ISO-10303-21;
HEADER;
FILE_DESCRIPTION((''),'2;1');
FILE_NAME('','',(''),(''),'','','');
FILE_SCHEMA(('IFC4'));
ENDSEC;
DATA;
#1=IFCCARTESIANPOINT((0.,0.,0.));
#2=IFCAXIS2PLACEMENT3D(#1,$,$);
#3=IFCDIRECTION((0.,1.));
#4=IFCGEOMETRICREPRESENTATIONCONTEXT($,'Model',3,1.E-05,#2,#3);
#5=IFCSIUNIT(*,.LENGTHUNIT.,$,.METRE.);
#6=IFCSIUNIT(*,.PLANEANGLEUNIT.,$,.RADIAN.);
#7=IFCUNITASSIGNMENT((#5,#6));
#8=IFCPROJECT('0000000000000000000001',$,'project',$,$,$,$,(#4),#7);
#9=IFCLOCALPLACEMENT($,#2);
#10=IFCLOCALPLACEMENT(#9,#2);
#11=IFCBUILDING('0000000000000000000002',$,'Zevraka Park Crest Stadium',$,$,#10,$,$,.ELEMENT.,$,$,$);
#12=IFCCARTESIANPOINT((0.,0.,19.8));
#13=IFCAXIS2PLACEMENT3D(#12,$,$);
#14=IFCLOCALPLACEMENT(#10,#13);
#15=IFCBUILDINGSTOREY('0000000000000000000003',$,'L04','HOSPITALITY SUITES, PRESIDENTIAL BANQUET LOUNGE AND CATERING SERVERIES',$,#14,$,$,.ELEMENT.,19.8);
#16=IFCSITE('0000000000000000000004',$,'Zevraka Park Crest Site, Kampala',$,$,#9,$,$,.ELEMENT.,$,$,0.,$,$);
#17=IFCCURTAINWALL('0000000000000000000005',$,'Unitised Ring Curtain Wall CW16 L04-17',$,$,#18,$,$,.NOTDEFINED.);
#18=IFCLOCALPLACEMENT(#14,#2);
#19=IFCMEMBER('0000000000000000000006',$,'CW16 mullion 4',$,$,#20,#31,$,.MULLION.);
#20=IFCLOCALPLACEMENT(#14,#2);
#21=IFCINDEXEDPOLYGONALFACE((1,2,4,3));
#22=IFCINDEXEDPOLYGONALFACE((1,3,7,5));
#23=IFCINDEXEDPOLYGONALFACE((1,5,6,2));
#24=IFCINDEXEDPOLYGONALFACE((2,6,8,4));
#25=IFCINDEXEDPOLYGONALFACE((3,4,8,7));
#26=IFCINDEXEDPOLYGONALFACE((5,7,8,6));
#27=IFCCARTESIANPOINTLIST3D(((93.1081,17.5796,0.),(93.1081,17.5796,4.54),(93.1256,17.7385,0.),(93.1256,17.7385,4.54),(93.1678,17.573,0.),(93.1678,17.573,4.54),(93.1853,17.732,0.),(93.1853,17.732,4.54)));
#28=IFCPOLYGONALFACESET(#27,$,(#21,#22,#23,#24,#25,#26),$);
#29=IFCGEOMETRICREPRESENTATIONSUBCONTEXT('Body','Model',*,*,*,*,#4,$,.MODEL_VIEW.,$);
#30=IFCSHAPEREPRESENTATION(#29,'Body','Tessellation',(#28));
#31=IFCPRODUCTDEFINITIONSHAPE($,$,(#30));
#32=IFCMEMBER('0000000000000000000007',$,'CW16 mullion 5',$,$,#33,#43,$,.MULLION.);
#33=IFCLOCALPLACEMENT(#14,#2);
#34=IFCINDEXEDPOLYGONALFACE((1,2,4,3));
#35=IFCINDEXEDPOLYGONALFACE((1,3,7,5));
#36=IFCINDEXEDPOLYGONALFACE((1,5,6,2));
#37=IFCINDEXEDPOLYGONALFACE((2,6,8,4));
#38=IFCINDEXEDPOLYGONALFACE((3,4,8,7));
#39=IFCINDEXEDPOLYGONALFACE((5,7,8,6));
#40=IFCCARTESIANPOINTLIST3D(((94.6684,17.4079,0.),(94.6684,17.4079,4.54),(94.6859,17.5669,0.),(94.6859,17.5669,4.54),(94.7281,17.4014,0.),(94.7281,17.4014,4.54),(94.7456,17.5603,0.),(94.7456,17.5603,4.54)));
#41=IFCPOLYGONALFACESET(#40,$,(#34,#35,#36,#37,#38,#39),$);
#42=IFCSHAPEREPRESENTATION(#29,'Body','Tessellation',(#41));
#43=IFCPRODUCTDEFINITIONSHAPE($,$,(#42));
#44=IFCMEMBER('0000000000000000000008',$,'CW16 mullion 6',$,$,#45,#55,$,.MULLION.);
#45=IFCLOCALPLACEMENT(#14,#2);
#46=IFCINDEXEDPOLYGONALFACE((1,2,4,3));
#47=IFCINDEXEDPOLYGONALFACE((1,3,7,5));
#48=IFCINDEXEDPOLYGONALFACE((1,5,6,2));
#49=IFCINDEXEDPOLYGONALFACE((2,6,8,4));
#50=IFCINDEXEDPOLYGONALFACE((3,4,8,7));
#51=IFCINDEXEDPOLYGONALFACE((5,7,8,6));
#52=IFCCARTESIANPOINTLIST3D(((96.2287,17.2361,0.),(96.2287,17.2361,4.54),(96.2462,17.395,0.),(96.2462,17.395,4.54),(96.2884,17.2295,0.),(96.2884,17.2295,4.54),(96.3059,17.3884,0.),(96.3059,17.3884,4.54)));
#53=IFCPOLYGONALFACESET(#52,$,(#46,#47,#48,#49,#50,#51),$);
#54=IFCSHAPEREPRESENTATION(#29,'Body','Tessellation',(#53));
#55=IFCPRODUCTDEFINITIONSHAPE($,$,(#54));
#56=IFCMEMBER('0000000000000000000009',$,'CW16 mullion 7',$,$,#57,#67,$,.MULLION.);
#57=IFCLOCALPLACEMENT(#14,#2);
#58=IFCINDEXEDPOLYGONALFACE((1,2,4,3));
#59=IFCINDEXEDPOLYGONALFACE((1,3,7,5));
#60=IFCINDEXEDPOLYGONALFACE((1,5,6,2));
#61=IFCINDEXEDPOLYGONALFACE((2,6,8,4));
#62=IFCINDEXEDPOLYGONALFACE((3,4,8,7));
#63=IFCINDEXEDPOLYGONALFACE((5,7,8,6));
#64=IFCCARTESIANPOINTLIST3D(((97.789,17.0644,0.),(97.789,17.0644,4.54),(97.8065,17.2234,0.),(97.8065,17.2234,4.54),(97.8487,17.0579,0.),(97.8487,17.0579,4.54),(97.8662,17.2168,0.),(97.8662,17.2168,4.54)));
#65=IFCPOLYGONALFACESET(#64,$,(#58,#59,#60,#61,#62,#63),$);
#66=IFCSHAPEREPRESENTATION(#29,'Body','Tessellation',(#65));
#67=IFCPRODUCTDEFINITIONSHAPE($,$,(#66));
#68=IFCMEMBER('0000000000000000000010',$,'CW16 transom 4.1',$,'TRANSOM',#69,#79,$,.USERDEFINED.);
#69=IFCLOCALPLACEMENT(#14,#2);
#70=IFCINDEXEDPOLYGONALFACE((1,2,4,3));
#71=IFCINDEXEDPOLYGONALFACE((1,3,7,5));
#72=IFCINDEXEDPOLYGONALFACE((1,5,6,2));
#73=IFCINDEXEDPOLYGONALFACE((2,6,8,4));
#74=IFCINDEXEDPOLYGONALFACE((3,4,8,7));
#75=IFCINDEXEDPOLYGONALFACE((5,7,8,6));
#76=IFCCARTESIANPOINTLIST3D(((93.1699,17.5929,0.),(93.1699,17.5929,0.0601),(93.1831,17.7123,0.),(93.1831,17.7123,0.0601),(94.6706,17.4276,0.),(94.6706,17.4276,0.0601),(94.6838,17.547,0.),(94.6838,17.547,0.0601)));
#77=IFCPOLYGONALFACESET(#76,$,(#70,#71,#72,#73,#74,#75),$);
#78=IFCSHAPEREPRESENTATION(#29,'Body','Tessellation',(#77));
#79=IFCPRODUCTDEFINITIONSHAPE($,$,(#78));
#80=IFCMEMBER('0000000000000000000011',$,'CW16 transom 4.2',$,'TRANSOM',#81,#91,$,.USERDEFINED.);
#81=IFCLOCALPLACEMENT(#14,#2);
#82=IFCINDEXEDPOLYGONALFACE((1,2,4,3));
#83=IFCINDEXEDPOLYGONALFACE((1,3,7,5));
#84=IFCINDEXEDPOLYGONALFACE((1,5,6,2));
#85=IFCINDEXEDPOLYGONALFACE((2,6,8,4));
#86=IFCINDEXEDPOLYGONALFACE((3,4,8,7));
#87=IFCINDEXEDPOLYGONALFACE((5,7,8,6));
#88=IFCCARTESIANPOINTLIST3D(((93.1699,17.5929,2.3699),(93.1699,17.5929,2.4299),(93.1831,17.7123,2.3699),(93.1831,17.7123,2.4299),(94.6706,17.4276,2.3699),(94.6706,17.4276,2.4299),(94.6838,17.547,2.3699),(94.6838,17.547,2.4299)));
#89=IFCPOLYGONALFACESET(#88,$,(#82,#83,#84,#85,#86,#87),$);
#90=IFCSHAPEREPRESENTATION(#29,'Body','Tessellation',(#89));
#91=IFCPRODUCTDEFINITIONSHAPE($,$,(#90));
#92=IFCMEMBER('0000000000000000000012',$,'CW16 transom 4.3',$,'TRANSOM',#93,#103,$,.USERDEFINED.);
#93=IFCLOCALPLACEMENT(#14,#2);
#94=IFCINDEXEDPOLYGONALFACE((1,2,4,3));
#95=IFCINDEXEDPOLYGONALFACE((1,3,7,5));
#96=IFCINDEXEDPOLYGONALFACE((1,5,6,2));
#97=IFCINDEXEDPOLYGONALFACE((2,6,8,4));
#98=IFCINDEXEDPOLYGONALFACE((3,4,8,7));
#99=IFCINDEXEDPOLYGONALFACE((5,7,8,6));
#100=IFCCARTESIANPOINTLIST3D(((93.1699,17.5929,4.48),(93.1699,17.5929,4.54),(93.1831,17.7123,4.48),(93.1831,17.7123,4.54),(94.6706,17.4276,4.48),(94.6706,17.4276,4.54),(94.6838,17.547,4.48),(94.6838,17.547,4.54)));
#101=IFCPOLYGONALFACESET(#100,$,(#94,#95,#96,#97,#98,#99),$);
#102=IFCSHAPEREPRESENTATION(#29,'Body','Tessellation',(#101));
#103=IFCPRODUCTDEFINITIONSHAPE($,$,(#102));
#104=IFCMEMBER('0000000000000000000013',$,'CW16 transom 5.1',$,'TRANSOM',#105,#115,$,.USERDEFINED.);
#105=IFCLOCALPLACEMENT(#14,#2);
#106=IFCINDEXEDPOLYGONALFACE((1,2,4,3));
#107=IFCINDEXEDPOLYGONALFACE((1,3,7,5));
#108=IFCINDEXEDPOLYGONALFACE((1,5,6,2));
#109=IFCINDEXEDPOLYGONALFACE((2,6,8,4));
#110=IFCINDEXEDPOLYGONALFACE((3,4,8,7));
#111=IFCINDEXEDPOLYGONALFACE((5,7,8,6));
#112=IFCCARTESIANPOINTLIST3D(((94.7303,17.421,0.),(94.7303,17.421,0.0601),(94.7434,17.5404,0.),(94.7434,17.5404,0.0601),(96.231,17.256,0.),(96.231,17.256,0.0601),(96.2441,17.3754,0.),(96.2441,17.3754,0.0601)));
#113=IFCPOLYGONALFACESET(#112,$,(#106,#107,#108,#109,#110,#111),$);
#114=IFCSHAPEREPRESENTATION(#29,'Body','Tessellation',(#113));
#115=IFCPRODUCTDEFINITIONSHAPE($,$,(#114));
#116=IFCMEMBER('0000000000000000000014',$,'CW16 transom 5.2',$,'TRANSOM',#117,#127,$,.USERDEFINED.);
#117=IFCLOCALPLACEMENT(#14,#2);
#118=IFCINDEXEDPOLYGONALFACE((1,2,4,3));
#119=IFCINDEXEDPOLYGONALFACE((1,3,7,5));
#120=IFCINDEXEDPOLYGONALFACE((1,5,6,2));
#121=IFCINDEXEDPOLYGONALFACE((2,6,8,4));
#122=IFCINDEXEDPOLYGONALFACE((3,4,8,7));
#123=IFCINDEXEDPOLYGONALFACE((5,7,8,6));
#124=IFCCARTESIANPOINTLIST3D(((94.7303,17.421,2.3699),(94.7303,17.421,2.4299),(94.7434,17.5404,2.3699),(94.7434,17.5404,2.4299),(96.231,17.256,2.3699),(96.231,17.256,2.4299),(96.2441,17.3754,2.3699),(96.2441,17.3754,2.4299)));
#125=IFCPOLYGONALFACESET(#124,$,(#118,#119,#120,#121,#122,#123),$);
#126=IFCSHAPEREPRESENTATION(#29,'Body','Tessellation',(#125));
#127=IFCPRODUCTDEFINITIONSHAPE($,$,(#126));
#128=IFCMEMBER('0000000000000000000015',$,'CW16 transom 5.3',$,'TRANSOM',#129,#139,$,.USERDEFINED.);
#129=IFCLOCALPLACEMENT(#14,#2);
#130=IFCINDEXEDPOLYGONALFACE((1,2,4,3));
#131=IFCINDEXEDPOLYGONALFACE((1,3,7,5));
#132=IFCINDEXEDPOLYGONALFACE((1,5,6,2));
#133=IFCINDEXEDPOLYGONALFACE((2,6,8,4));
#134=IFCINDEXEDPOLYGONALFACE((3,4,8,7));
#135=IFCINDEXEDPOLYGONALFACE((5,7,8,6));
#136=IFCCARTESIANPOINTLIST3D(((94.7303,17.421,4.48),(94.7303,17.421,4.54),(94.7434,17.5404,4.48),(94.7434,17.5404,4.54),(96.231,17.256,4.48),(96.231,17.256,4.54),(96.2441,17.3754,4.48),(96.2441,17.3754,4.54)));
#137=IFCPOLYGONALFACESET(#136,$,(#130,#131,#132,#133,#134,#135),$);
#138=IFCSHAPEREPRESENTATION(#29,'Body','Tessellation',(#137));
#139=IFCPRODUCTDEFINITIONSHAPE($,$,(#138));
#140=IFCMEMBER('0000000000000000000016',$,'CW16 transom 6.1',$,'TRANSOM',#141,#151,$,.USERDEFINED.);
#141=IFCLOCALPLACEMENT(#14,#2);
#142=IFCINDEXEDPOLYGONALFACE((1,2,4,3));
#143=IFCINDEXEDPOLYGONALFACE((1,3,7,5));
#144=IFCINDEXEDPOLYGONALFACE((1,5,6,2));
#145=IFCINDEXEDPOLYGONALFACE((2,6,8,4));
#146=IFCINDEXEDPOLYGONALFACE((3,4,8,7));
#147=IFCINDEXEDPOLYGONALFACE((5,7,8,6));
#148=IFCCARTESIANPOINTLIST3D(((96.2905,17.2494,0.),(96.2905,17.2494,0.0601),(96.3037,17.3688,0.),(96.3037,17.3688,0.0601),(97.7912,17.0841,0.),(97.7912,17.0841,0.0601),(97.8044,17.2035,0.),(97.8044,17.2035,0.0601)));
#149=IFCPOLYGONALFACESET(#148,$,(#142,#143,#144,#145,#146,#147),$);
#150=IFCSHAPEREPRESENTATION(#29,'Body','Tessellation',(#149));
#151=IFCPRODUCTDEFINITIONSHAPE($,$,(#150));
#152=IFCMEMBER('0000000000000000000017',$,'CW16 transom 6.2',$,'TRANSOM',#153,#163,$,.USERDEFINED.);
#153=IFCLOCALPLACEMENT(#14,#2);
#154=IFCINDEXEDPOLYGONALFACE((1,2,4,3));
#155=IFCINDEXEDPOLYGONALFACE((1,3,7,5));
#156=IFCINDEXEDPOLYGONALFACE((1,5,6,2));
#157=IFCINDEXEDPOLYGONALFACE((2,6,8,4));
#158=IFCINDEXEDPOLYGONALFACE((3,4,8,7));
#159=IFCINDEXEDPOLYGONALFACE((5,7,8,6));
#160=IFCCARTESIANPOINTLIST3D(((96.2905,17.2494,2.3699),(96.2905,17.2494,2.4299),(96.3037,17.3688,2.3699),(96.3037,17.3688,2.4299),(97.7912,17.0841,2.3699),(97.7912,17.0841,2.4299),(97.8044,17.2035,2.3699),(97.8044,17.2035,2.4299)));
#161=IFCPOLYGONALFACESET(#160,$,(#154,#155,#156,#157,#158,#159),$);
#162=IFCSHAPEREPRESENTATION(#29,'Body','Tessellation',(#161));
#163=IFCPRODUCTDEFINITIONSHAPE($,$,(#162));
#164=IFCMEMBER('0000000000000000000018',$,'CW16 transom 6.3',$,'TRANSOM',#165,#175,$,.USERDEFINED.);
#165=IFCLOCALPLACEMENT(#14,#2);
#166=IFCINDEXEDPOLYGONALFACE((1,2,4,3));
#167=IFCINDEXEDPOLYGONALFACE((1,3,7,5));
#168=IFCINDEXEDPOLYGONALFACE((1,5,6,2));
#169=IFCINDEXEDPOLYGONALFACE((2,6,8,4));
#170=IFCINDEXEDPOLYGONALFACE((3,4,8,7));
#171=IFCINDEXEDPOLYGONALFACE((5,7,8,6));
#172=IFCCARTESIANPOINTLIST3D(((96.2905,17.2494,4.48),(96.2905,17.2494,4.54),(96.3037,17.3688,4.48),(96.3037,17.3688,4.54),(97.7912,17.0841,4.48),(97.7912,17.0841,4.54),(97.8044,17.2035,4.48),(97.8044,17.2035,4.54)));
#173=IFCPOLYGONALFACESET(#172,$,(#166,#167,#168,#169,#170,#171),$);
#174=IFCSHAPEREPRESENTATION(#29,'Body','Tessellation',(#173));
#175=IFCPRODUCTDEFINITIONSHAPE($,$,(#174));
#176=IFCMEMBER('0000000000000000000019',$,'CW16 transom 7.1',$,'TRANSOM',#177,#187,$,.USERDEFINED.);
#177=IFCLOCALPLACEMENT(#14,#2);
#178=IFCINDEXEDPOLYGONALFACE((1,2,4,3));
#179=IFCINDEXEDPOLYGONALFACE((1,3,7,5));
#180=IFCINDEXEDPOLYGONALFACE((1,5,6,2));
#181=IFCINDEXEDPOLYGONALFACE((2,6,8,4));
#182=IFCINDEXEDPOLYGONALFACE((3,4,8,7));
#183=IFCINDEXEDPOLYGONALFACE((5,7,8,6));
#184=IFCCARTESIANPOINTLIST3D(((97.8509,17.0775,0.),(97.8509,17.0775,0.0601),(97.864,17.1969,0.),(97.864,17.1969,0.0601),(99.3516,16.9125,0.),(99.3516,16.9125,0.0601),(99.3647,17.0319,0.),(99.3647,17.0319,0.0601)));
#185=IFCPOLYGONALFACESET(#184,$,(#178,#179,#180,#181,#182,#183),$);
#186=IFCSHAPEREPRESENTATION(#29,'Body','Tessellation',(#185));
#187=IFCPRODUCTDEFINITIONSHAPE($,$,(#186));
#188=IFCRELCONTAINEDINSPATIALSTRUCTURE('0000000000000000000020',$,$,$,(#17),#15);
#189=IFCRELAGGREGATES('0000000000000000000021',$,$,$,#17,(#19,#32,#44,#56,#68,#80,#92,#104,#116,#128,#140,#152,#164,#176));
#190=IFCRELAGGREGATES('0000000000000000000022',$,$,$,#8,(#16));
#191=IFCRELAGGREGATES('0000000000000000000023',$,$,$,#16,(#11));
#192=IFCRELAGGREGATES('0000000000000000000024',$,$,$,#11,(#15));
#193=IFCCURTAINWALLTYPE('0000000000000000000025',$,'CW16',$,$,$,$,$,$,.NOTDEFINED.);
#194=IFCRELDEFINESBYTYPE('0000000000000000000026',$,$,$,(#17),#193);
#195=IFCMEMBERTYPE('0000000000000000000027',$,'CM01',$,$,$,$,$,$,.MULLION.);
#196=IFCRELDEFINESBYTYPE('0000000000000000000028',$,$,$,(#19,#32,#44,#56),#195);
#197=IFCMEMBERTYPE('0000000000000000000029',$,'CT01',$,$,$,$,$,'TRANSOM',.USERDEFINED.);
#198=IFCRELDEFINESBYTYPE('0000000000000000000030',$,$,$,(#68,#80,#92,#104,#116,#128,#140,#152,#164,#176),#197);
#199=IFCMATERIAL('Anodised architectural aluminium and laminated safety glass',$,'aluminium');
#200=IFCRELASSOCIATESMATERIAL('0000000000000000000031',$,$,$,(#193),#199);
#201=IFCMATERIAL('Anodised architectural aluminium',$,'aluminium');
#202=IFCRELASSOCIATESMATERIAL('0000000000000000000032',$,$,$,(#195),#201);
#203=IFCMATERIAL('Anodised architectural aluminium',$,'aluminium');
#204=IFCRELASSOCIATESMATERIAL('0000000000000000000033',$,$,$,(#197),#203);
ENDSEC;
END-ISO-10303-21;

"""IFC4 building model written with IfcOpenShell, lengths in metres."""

from ifc_helpers import new_model, si_unit, direction, frame, origin, origin_2d, place, context, subcontext, project, spatial, rectangle, extrude, material, material_profile, profile_set, type_object, element, aggregate, save


model = new_model("IFC4")

# Units and contexts
model_context = context("Model", 3, precision=1e-05, world=origin(), true_north=direction((0.0, 1.0)))
body_context = subcontext(model_context, "Body", "Model", "MODEL_VIEW")
ifc_project = project(units=[si_unit("LENGTHUNIT", "METRE"), si_unit("PLANEANGLEUNIT", "RADIAN")], contexts=[model_context])

# Site, building, storey
site_placement = place(None, origin())
site = spatial("IfcSite", under=ifc_project, at=site_placement, Name="Zevraka Park Crest Site, Kampala", CompositionType="ELEMENT", RefElevation=0.0)
building_placement = place(site_placement, origin())
building = spatial("IfcBuilding", under=site, at=building_placement, Name="Zevraka Park Crest Stadium", CompositionType="ELEMENT")
storey_placement = place(building_placement, frame((0.0, 0.0, 19.8)))
storey = spatial("IfcBuildingStorey", under=building, at=storey_placement, Name="L04", Description="HOSPITALITY SUITES, PRESIDENTIAL BANQUET LOUNGE AND CATERING SERVERIES", CompositionType="ELEMENT", Elevation=19.8)

# Curtain wall, members
ifc_material_1 = material(Name="Anodised architectural aluminium and laminated safety glass", Category="aluminium")
curtain_wall_type = type_object("IfcCurtainWallType", Name="CW16", PredefinedType="NOTDEFINED", material=ifc_material_1)
curtain_wall_placement = place(storey_placement, origin())
curtain_wall = element("IfcCurtainWall", 1, at=curtain_wall_placement, inside=storey, type_object=curtain_wall_type, Name="Unitised Ring Curtain Wall CW16 L04-17", PredefinedType="NOTDEFINED")
ifc_material_2 = material(Name="Anodised architectural aluminium", Category="aluminium")
ifc_material_profile_1 = material_profile(ifc_material_2, rectangle(XDim=0.1599, YDim=0.0601, at=origin_2d()), Name="ALU MULLION 160x60")
ifc_profile_set_1 = profile_set([ifc_material_profile_1], Name="Anodised architectural aluminium")
member_type_1 = type_object("IfcMemberType", Name="CM01", PredefinedType="MULLION", material=ifc_profile_set_1)
member_1_placement = place(storey_placement, frame((93.1467, 17.6558, 0.0), z_axis=(0.0, 0.0, 1.0), x_axis=(0.109406, 0.993997, 0.0)))
member_1 = element("IfcMember", 2, at=member_1_placement, type_object=member_type_1, Name="CW16 mullion 4", PredefinedType="MULLION", context=body_context, shape_type="SweptSolid", body=[
    extrude(rectangle(XDim=0.1599, YDim=0.0601, at=origin_2d()), origin(), (0.0, 0.0, 1.0), 4.54),
])
member_2_placement = place(storey_placement, frame((94.707, 17.4841, 0.0), z_axis=(0.0, 0.0, 1.0), x_axis=(0.109406, 0.993997, 0.0)))
member_2 = element("IfcMember", 3, at=member_2_placement, type_object=member_type_1, Name="CW16 mullion 5", PredefinedType="MULLION", context=body_context, shape_type="SweptSolid", body=[
    extrude(rectangle(XDim=0.1599, YDim=0.0601, at=origin_2d()), origin(), (0.0, 0.0, 1.0), 4.54),
])
member_3_placement = place(storey_placement, frame((96.2673, 17.3123, 0.0), z_axis=(0.0, 0.0, 1.0), x_axis=(0.109406, 0.993997, 0.0)))
member_3 = element("IfcMember", 4, at=member_3_placement, type_object=member_type_1, Name="CW16 mullion 6", PredefinedType="MULLION", context=body_context, shape_type="SweptSolid", body=[
    extrude(rectangle(XDim=0.1599, YDim=0.0601, at=origin_2d()), origin(), (0.0, 0.0, 1.0), 4.54),
])
member_4_placement = place(storey_placement, frame((97.8276, 17.1406, 0.0), z_axis=(0.0, 0.0, 1.0), x_axis=(0.109406, 0.993997, 0.0)))
member_4 = element("IfcMember", 5, at=member_4_placement, type_object=member_type_1, Name="CW16 mullion 7", PredefinedType="MULLION", context=body_context, shape_type="SweptSolid", body=[
    extrude(rectangle(XDim=0.1599, YDim=0.0601, at=origin_2d()), origin(), (0.0, 0.0, 1.0), 4.54),
])
ifc_material_3 = material(Name="Anodised architectural aluminium", Category="aluminium")
ifc_material_profile_2 = material_profile(ifc_material_3, rectangle(XDim=0.1201, YDim=0.0601, at=origin_2d()), Name="ALU TRANSOM 120x60")
ifc_profile_set_2 = profile_set([ifc_material_profile_2], Name="Anodised architectural aluminium")
member_type_2 = type_object("IfcMemberType", Name="CT01", ElementType="TRANSOM", PredefinedType="USERDEFINED", material=ifc_profile_set_2)
member_5_placement = place(storey_placement, frame((93.1765, 17.6526, 0.03), z_axis=(0.99399, -0.109473, 0.0), x_axis=(0.109473, 0.99399, 0.0)))
member_5 = element("IfcMember", 6, at=member_5_placement, type_object=member_type_2, Name="CW16 transom 4.1", ObjectType="TRANSOM", PredefinedType="USERDEFINED", context=body_context, shape_type="SweptSolid", body=[
    extrude(rectangle(XDim=0.1201, YDim=0.0601, at=origin_2d()), origin(), (0.0, 0.0, 1.0), 1.5098),
])
member_6_placement = place(storey_placement, frame((93.1765, 17.6526, 2.3999), z_axis=(0.99399, -0.109473, 0.0), x_axis=(0.109473, 0.99399, 0.0)))
member_6 = element("IfcMember", 7, at=member_6_placement, type_object=member_type_2, Name="CW16 transom 4.2", ObjectType="TRANSOM", PredefinedType="USERDEFINED", context=body_context, shape_type="SweptSolid", body=[
    extrude(rectangle(XDim=0.1201, YDim=0.0601, at=origin_2d()), origin(), (0.0, 0.0, 1.0), 1.5098),
])
member_7_placement = place(storey_placement, frame((93.1765, 17.6526, 4.51), z_axis=(0.99399, -0.109473, 0.0), x_axis=(0.109473, 0.99399, 0.0)))
member_7 = element("IfcMember", 8, at=member_7_placement, type_object=member_type_2, Name="CW16 transom 4.3", ObjectType="TRANSOM", PredefinedType="USERDEFINED", context=body_context, shape_type="SweptSolid", body=[
    extrude(rectangle(XDim=0.1201, YDim=0.0601, at=origin_2d()), origin(), (0.0, 0.0, 1.0), 1.5098),
])
member_8_placement = place(storey_placement, frame((94.7368, 17.4807, 0.03), z_axis=(0.994007, -0.109313, 0.0), x_axis=(0.109313, 0.994007, 0.0)))
member_8 = element("IfcMember", 9, at=member_8_placement, type_object=member_type_2, Name="CW16 transom 5.1", ObjectType="TRANSOM", PredefinedType="USERDEFINED", context=body_context, shape_type="SweptSolid", body=[
    extrude(rectangle(XDim=0.1201, YDim=0.0601, at=origin_2d()), origin(), (0.0, 0.0, 1.0), 1.5098),
])
member_9_placement = place(storey_placement, frame((94.7368, 17.4807, 2.3999), z_axis=(0.994007, -0.109313, 0.0), x_axis=(0.109313, 0.994007, 0.0)))
member_9 = element("IfcMember", 10, at=member_9_placement, type_object=member_type_2, Name="CW16 transom 5.2", ObjectType="TRANSOM", PredefinedType="USERDEFINED", context=body_context, shape_type="SweptSolid", body=[
    extrude(rectangle(XDim=0.1201, YDim=0.0601, at=origin_2d()), origin(), (0.0, 0.0, 1.0), 1.5098),
])
member_10_placement = place(storey_placement, frame((94.7368, 17.4807, 4.51), z_axis=(0.994007, -0.109313, 0.0), x_axis=(0.109313, 0.994007, 0.0)))
member_10 = element("IfcMember", 11, at=member_10_placement, type_object=member_type_2, Name="CW16 transom 5.3", ObjectType="TRANSOM", PredefinedType="USERDEFINED", context=body_context, shape_type="SweptSolid", body=[
    extrude(rectangle(XDim=0.1201, YDim=0.0601, at=origin_2d()), origin(), (0.0, 0.0, 1.0), 1.5098),
])
member_11_placement = place(storey_placement, frame((96.2971, 17.3091, 0.03), z_axis=(0.99399, -0.109473, 0.0), x_axis=(0.109473, 0.99399, 0.0)))
member_11 = element("IfcMember", 12, at=member_11_placement, type_object=member_type_2, Name="CW16 transom 6.1", ObjectType="TRANSOM", PredefinedType="USERDEFINED", context=body_context, shape_type="SweptSolid", body=[
    extrude(rectangle(XDim=0.1201, YDim=0.0601, at=origin_2d()), origin(), (0.0, 0.0, 1.0), 1.5098),
])
member_12_placement = place(storey_placement, frame((96.2971, 17.3091, 2.3999), z_axis=(0.99399, -0.109473, 0.0), x_axis=(0.109473, 0.99399, 0.0)))
member_12 = element("IfcMember", 13, at=member_12_placement, type_object=member_type_2, Name="CW16 transom 6.2", ObjectType="TRANSOM", PredefinedType="USERDEFINED", context=body_context, shape_type="SweptSolid", body=[
    extrude(rectangle(XDim=0.1201, YDim=0.0601, at=origin_2d()), origin(), (0.0, 0.0, 1.0), 1.5098),
])
member_13_placement = place(storey_placement, frame((96.2971, 17.3091, 4.51), z_axis=(0.99399, -0.109473, 0.0), x_axis=(0.109473, 0.99399, 0.0)))
member_13 = element("IfcMember", 14, at=member_13_placement, type_object=member_type_2, Name="CW16 transom 6.3", ObjectType="TRANSOM", PredefinedType="USERDEFINED", context=body_context, shape_type="SweptSolid", body=[
    extrude(rectangle(XDim=0.1201, YDim=0.0601, at=origin_2d()), origin(), (0.0, 0.0, 1.0), 1.5098),
])
member_14_placement = place(storey_placement, frame((97.8574, 17.1372, 0.03), z_axis=(0.994007, -0.109313, 0.0), x_axis=(0.109313, 0.994007, 0.0)))
member_14 = element("IfcMember", 15, at=member_14_placement, type_object=member_type_2, Name="CW16 transom 7.1", ObjectType="TRANSOM", PredefinedType="USERDEFINED", context=body_context, shape_type="SweptSolid", body=[
    extrude(rectangle(XDim=0.1201, YDim=0.0601, at=origin_2d()), origin(), (0.0, 0.0, 1.0), 1.5098),
])
aggregate(curtain_wall, [member_1, member_2, member_3, member_4, member_5, member_6, member_7, member_8, member_9, member_10, member_11, member_12, member_13, member_14])

save(model, "model.ifc")
